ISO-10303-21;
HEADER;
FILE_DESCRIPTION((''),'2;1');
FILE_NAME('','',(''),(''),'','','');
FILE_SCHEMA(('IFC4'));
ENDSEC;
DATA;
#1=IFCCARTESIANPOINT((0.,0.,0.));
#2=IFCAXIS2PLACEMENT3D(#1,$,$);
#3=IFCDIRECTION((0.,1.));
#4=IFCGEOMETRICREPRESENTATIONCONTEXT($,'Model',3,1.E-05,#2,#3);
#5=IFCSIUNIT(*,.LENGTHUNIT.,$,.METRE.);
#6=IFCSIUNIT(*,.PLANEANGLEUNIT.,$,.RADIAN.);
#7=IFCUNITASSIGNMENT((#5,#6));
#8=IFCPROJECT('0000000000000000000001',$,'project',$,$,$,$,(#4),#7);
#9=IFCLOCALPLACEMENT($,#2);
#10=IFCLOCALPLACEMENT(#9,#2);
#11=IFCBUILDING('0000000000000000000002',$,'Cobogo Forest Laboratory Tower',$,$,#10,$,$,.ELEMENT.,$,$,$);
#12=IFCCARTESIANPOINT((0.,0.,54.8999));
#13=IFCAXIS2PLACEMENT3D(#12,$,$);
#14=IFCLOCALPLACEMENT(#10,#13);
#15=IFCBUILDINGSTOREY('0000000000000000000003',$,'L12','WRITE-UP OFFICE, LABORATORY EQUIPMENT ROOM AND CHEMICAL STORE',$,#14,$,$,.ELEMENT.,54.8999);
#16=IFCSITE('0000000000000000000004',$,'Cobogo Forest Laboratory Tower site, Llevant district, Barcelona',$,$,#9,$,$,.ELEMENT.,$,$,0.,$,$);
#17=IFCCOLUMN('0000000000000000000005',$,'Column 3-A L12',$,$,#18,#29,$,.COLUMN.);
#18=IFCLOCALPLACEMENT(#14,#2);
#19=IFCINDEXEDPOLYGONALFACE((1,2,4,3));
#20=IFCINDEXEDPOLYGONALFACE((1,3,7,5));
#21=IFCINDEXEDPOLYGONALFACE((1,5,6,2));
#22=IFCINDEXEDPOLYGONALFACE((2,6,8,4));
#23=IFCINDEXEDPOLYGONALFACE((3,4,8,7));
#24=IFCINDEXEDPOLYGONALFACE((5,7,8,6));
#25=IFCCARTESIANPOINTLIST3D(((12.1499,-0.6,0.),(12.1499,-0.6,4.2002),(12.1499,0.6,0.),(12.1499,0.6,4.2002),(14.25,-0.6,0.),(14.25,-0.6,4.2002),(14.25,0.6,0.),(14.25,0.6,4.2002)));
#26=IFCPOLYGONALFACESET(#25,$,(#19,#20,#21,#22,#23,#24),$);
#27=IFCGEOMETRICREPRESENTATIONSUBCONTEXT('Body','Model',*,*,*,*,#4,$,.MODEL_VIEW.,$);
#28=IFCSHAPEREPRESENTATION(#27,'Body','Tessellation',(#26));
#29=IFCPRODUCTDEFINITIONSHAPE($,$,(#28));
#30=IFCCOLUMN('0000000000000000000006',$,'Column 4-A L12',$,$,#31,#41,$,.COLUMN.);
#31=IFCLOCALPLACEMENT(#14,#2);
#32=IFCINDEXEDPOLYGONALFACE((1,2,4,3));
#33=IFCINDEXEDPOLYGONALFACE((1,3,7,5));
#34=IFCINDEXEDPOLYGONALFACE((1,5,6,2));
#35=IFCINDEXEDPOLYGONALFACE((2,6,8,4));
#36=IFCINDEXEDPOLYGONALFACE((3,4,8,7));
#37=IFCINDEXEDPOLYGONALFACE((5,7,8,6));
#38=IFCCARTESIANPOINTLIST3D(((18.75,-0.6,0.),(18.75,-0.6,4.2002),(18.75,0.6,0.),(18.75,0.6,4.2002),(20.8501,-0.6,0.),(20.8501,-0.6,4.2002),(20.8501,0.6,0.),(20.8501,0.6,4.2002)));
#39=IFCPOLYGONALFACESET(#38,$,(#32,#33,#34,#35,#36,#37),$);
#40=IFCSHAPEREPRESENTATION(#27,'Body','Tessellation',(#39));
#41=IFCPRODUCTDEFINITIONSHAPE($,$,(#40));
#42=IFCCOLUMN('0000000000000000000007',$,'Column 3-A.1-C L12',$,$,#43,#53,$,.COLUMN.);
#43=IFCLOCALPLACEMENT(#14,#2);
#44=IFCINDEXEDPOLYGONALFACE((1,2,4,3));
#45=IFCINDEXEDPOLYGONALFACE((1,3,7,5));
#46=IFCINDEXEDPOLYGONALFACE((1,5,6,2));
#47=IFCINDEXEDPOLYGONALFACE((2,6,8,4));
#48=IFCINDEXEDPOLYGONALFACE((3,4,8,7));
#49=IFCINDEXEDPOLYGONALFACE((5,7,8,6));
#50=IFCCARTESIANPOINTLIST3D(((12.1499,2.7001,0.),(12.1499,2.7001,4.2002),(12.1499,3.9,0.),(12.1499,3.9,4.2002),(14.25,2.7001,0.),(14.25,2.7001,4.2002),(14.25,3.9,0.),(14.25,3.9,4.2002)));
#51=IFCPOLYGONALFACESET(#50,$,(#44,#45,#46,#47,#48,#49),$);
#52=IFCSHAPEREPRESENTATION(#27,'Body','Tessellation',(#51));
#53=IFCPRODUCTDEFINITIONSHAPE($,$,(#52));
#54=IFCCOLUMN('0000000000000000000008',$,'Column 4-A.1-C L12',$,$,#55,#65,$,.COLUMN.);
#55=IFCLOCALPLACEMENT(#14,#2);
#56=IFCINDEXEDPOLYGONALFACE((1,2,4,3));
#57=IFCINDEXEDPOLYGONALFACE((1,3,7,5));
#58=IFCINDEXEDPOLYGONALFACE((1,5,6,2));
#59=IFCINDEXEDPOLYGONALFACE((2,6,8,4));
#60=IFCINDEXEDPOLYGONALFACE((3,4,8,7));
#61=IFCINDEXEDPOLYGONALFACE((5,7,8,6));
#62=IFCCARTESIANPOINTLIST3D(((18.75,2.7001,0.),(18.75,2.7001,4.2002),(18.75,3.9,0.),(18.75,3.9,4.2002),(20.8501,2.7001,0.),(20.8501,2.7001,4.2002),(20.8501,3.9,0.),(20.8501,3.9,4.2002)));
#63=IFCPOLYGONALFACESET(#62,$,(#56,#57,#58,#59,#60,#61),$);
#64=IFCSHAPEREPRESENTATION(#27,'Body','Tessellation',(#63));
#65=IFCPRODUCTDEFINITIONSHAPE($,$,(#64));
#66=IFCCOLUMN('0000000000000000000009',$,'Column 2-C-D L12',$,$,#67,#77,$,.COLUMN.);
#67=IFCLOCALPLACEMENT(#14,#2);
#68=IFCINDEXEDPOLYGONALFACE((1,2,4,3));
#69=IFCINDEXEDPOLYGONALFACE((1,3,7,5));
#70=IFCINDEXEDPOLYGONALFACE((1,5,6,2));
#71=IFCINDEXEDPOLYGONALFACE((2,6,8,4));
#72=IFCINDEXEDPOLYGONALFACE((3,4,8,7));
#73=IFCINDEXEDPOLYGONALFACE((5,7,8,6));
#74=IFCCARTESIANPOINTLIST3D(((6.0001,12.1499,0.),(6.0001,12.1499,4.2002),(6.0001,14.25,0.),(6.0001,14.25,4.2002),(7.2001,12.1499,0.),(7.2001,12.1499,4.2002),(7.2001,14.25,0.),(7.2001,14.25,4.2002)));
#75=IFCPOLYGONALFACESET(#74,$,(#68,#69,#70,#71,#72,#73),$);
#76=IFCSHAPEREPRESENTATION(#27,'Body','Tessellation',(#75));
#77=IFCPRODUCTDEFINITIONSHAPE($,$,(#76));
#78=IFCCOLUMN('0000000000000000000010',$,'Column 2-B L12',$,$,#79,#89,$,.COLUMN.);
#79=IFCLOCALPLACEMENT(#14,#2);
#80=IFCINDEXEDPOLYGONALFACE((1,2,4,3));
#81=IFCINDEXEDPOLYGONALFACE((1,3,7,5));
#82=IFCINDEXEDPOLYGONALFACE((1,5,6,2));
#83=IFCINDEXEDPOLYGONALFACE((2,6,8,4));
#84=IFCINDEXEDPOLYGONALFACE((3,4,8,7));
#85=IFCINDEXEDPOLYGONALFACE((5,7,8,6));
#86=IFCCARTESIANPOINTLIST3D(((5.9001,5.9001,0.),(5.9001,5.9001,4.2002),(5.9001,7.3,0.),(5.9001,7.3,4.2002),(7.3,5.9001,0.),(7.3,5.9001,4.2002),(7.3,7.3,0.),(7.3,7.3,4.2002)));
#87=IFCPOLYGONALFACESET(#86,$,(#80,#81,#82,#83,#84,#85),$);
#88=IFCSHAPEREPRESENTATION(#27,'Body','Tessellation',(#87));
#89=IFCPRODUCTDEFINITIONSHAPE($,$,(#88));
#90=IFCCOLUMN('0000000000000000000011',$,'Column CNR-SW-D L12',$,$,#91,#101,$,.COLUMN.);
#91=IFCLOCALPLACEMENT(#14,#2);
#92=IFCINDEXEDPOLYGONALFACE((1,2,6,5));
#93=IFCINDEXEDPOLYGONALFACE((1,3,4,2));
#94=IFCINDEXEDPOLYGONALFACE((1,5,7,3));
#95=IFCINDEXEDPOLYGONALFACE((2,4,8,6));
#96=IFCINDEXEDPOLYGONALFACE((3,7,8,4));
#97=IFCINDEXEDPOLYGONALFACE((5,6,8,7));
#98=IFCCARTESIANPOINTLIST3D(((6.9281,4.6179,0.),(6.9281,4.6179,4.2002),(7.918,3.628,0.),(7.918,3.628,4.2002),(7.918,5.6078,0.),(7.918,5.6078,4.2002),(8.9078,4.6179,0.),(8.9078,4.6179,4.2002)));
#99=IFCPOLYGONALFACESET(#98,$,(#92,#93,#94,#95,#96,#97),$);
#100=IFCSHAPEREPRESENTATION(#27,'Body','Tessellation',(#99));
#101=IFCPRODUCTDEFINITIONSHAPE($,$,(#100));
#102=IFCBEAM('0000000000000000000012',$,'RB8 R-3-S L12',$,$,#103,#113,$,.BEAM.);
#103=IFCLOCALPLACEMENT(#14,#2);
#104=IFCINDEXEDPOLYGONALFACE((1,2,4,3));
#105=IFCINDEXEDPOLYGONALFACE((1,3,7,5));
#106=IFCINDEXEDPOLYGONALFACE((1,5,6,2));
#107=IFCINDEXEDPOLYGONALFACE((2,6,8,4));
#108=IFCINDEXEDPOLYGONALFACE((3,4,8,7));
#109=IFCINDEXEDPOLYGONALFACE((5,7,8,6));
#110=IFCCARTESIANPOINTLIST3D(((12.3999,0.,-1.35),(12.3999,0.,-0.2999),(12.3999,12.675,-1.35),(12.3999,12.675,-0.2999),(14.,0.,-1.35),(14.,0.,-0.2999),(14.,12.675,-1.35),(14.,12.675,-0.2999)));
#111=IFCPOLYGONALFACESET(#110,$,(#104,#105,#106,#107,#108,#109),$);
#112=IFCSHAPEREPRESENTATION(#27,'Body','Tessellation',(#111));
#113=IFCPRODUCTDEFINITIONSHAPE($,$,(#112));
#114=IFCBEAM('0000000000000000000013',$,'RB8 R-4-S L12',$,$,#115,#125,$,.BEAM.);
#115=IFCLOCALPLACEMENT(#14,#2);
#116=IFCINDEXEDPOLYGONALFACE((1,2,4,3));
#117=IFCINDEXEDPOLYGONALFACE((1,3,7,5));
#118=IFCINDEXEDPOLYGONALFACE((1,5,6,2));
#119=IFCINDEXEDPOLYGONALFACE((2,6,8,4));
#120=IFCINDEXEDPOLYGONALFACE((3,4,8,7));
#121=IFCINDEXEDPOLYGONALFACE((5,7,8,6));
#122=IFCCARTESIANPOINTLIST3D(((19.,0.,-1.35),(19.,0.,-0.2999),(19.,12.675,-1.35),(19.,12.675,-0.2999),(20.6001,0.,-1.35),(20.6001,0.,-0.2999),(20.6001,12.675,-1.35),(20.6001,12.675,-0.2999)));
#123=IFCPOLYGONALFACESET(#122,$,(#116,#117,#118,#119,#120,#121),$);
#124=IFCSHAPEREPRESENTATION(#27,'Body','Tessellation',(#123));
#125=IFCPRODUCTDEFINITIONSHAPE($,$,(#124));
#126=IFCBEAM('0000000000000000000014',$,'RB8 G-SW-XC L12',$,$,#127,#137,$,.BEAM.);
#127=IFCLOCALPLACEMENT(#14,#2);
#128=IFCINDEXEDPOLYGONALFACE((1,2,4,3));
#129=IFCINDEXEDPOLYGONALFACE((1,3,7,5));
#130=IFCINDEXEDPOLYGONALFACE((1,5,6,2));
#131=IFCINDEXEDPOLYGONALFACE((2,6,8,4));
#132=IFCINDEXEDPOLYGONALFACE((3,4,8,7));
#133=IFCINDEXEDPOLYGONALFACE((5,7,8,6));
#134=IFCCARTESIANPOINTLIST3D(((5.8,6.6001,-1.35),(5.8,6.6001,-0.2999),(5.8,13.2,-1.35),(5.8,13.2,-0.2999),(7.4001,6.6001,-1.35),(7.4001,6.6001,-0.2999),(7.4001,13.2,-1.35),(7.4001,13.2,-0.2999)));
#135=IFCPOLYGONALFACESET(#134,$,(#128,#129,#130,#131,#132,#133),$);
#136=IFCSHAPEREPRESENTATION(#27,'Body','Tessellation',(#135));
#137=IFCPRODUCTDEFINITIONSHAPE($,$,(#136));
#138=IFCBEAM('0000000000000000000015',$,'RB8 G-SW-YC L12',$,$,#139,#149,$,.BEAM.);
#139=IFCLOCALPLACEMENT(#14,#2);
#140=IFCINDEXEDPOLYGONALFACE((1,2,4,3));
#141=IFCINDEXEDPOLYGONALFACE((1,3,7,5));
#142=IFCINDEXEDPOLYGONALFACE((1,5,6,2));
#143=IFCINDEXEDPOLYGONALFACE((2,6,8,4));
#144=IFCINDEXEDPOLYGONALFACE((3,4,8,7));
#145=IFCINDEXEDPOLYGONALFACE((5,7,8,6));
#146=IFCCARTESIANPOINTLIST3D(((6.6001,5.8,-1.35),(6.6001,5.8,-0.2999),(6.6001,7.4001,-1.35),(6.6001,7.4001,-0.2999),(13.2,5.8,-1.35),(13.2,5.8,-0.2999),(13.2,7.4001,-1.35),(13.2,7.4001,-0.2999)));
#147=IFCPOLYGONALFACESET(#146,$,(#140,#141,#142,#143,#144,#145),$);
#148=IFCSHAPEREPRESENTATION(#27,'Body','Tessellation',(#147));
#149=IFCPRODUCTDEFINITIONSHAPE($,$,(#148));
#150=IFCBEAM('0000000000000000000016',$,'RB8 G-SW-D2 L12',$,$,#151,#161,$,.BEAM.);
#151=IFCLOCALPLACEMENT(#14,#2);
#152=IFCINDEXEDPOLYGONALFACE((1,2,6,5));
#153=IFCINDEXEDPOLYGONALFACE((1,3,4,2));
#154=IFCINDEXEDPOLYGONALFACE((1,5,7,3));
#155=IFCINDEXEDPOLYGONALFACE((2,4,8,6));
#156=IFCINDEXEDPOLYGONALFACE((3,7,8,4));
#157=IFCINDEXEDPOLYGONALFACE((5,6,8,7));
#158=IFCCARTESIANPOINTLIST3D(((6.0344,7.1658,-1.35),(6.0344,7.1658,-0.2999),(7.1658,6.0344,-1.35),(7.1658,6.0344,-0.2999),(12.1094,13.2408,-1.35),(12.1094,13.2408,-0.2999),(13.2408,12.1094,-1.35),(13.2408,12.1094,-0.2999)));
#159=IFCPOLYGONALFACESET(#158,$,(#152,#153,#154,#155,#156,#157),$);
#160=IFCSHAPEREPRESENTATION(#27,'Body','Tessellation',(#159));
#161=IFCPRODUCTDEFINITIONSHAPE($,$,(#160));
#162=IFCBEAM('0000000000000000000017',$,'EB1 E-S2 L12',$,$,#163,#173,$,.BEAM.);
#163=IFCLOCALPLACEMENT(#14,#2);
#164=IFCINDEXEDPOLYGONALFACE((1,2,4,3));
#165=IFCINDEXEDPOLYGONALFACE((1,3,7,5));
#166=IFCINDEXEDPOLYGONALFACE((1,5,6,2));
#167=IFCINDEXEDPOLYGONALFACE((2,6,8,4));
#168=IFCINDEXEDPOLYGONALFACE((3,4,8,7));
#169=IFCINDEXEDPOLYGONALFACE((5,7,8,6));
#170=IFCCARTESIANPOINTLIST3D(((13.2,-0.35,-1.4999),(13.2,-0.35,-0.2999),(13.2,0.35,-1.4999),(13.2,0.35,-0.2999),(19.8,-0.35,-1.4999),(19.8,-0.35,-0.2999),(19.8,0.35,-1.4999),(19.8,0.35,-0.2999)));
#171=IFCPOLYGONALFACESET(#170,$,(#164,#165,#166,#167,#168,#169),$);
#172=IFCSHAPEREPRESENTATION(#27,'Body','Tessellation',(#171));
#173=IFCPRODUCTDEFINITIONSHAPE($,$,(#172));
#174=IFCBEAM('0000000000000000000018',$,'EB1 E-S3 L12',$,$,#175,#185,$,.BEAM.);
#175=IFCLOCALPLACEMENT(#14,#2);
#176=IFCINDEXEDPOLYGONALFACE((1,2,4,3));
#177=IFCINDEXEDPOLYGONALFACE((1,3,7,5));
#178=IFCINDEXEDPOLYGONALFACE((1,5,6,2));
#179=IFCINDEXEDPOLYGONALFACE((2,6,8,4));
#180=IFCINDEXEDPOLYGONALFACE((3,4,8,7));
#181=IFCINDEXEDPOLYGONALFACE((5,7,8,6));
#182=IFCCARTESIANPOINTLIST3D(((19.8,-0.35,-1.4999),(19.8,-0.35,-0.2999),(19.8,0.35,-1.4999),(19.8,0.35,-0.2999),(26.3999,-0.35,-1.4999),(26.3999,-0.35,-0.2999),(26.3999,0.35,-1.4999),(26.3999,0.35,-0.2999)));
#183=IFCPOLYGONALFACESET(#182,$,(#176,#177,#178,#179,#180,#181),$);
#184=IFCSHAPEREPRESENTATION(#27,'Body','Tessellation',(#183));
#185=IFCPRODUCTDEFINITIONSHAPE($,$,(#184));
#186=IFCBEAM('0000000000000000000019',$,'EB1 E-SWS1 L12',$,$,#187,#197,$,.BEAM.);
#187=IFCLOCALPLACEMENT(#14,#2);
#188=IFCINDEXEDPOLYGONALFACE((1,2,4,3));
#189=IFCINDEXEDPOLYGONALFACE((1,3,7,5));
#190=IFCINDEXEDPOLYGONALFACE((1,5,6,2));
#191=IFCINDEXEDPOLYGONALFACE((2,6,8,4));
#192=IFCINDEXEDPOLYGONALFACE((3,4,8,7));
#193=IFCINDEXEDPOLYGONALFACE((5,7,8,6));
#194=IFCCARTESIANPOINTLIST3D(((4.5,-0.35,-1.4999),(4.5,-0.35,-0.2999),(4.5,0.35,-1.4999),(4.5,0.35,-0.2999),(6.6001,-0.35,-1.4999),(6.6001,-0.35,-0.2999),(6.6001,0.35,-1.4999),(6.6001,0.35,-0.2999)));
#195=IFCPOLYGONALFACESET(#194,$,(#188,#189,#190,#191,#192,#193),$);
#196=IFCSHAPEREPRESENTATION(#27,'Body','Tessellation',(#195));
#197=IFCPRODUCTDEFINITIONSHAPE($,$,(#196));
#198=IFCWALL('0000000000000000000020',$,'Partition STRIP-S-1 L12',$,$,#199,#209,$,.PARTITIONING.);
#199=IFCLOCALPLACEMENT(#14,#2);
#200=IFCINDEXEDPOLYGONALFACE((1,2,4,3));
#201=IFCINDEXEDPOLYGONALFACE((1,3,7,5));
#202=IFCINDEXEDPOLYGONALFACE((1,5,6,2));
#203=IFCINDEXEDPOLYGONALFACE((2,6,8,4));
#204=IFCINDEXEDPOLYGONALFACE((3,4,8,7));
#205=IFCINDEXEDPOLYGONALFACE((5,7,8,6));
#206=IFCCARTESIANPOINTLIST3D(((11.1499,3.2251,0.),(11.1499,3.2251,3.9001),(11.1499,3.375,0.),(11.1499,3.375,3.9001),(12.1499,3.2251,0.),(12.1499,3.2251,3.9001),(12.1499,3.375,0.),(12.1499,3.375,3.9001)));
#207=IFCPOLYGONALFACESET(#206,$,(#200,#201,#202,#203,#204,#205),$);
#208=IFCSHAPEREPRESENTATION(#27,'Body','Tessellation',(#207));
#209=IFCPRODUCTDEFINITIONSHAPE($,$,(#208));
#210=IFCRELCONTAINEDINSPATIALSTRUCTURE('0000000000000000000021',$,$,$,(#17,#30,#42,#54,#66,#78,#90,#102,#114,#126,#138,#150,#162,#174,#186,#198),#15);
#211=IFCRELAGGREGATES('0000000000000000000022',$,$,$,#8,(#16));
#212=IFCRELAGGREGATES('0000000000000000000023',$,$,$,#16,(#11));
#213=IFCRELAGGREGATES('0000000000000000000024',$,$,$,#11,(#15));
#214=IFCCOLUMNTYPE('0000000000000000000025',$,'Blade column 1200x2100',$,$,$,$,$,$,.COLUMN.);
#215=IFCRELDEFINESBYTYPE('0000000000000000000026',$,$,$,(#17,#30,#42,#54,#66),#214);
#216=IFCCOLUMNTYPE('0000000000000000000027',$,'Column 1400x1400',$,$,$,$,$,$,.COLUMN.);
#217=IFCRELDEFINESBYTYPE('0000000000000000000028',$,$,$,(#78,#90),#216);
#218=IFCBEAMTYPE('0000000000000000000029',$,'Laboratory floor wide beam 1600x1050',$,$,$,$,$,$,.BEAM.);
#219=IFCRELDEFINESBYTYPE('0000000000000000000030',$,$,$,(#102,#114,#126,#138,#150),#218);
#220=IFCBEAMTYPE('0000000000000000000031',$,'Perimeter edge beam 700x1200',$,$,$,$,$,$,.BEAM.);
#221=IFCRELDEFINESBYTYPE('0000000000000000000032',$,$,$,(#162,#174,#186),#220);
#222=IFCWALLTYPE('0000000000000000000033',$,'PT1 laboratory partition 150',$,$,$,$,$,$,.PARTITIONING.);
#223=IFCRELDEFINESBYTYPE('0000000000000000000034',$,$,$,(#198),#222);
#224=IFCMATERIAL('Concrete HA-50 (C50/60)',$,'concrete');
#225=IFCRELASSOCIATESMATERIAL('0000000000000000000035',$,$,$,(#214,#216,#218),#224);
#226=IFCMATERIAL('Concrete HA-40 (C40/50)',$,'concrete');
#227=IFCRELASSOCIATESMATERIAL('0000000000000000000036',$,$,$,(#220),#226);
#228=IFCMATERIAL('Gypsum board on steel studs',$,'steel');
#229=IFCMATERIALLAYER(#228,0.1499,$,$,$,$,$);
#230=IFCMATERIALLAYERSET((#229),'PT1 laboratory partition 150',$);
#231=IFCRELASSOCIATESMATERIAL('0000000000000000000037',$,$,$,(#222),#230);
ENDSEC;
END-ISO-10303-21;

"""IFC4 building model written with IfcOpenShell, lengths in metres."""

from ifc_helpers import new_model, si_unit, direction, frame, frame_2d, origin, origin_2d, place, context, subcontext, project, spatial, rectangle, extrude, material, layer, layer_set, material_profile, profile_set, type_object, element, save


model = new_model("IFC4")

# Units and contexts
model_context = context("Model", 3, precision=1e-05, world=origin(), true_north=direction((0.0, 1.0)))
body_context = subcontext(model_context, "Body", "Model", "MODEL_VIEW")
ifc_project = project(units=[si_unit("LENGTHUNIT", "METRE"), si_unit("PLANEANGLEUNIT", "RADIAN")], contexts=[model_context])

# Site, building, storey
site_placement = place(None, origin())
site = spatial("IfcSite", under=ifc_project, at=site_placement, Name="Cobogo Forest Laboratory Tower site, Llevant district, Barcelona", CompositionType="ELEMENT", RefElevation=0.0)
building_placement = place(site_placement, origin())
building = spatial("IfcBuilding", under=site, at=building_placement, Name="Cobogo Forest Laboratory Tower", CompositionType="ELEMENT")
storey_placement = place(building_placement, frame((0.0, 0.0, 54.8999)))
storey = spatial("IfcBuildingStorey", under=building, at=storey_placement, Name="L12", Description="WRITE-UP OFFICE, LABORATORY EQUIPMENT ROOM AND CHEMICAL STORE", CompositionType="ELEMENT", Elevation=54.8999)

# Columns
ifc_material_1 = material(Name="Concrete HA-50 (C50/60)", Category="concrete")
ifc_material_profile_1 = material_profile(ifc_material_1, rectangle(XDim=2.1001, YDim=1.2, at=origin_2d()), Name="RC 1200x2100")
ifc_profile_set_1 = profile_set([ifc_material_profile_1], Name="Concrete HA-50 (C50/60)")
column_type_1 = type_object("IfcColumnType", Name="Blade column 1200x2100", PredefinedType="COLUMN", material=ifc_profile_set_1)
for number, where, z_axis, x_axis, name in (
    (1, (13.2, 0.0, 0.0), (0.0, 0.0, 1.0), (1.0, 0.0, 0.0), "Column 3-A L12"),
    (2, (19.8, 0.0, 0.0), (0.0, 0.0, 1.0), (1.0, 0.0, 0.0), "Column 4-A L12"),
    (3, (13.2, 3.3, 0.0), (0.0, 0.0, 1.0), (1.0, 0.0, 0.0), "Column 3-A.1-C L12"),
    (4, (19.8, 3.3, 0.0), (0.0, 0.0, 1.0), (1.0, 0.0, 0.0), "Column 4-A.1-C L12"),
    (5, (6.6001, 13.2, 0.0), (0.0, 0.0, 1.0), (0.0, 1.0, 0.0), "Column 2-C-D L12"),
):
    element("IfcColumn", number, at=place(storey_placement, frame(where, z_axis=z_axis, x_axis=x_axis)), inside=storey, type_object=column_type_1, Name=name, PredefinedType="COLUMN", context=body_context, shape_type="SweptSolid", body=[
        extrude(rectangle(XDim=2.1001, YDim=1.2, at=origin_2d()), origin(), (0.0, 0.0, 1.0), 4.2002),
    ])
ifc_material_profile_2 = material_profile(ifc_material_1, rectangle(XDim=1.3999, YDim=1.3999, at=origin_2d()), Name="RC 1400x1400")
ifc_profile_set_2 = profile_set([ifc_material_profile_2], Name="Concrete HA-50 (C50/60)")
column_type_2 = type_object("IfcColumnType", Name="Column 1400x1400", PredefinedType="COLUMN", material=ifc_profile_set_2)
for number, where, z_axis, x_axis, name in (
    (6, (6.6001, 6.6001, 0.0), (0.0, 0.0, 1.0), (1.0, 0.0, 0.0), "Column 2-B L12"),
    (7, (7.918, 4.6179, 0.0), (0.0, 0.0, 1.0), (0.707107, 0.707107, 0.0), "Column CNR-SW-D L12"),
):
    element("IfcColumn", number, at=place(storey_placement, frame(where, z_axis=z_axis, x_axis=x_axis)), inside=storey, type_object=column_type_2, Name=name, PredefinedType="COLUMN", context=body_context, shape_type="SweptSolid", body=[
        extrude(rectangle(XDim=1.3999, YDim=1.3999, at=origin_2d()), origin(), (0.0, 0.0, 1.0), 4.2002),
    ])

# Beams
ifc_material_profile_3 = material_profile(ifc_material_1, rectangle(XDim=1.6001, YDim=1.05, at=origin_2d()), Name="RC 1600x1050")
ifc_profile_set_3 = profile_set([ifc_material_profile_3], Name="Concrete HA-50 (C50/60)")
beam_type_1 = type_object("IfcBeamType", Name="Laboratory floor wide beam 1600x1050", PredefinedType="BEAM", material=ifc_profile_set_3)
for number, where, z_axis, x_axis, name in (
    (8, (13.2, 12.675, -0.825), (0.0, -1.0, 0.0), (1.0, 0.0, 0.0), "RB8 R-3-S L12"),
    (9, (19.8, 12.675, -0.825), (0.0, -1.0, 0.0), (1.0, 0.0, 0.0), "RB8 R-4-S L12"),
):
    element("IfcBeam", number, at=place(storey_placement, frame(where, z_axis=z_axis, x_axis=x_axis)), inside=storey, type_object=beam_type_1, Name=name, PredefinedType="BEAM", context=body_context, shape_type="SweptSolid", body=[
        extrude(rectangle(XDim=1.6001, YDim=1.05, at=origin_2d()), origin(), (0.0, 0.0, 1.0), 12.675),
    ])
for number, where, z_axis, x_axis, name in (
    (10, (6.6001, 6.6001, -0.825), (0.0, 1.0, 0.0), (-1.0, 0.0, 0.0), "RB8 G-SW-XC L12"),
    (11, (6.6001, 6.6001, -0.825), (1.0, 0.0, 0.0), (0.0, 1.0, 0.0), "RB8 G-SW-YC L12"),
):
    element("IfcBeam", number, at=place(storey_placement, frame(where, z_axis=z_axis, x_axis=x_axis)), inside=storey, type_object=beam_type_1, Name=name, PredefinedType="BEAM", context=body_context, shape_type="SweptSolid", body=[
        extrude(rectangle(XDim=1.6001, YDim=1.05, at=origin_2d()), origin(), (0.0, 0.0, 1.0), 6.5999),
    ])
beam_1_placement = place(storey_placement, frame((6.6001, 6.6001, -0.825), z_axis=(0.707107, 0.707107, 0.0), x_axis=(-0.707107, 0.707107, 0.0)))
element("IfcBeam", 12, at=beam_1_placement, inside=storey, type_object=beam_type_1, Name="RB8 G-SW-D2 L12", PredefinedType="BEAM", context=body_context, shape_type="SweptSolid", body=[
    extrude(rectangle(XDim=1.6001, YDim=1.05, at=origin_2d()), origin(), (0.0, 0.0, 1.0), 8.5913),
])
ifc_material_2 = material(Name="Concrete HA-40 (C40/50)", Category="concrete")
ifc_material_profile_4 = material_profile(ifc_material_2, rectangle(XDim=0.7, YDim=1.2, at=origin_2d()), Name="RC 700x1200")
ifc_profile_set_4 = profile_set([ifc_material_profile_4], Name="Concrete HA-40 (C40/50)")
beam_type_2 = type_object("IfcBeamType", Name="Perimeter edge beam 700x1200", PredefinedType="BEAM", material=ifc_profile_set_4)
beam_2_placement = place(storey_placement, frame((13.2, 0.0, -0.8999), z_axis=(1.0, 0.0, 0.0), x_axis=(0.0, 1.0, 0.0)))
element("IfcBeam", 13, at=beam_2_placement, inside=storey, type_object=beam_type_2, Name="EB1 E-S2 L12", PredefinedType="BEAM", context=body_context, shape_type="SweptSolid", body=[
    extrude(rectangle(XDim=0.7, YDim=1.2, at=origin_2d()), origin(), (0.0, 0.0, 1.0), 6.6001),
])
beam_3_placement = place(storey_placement, frame((19.8, 0.0, -0.8999), z_axis=(1.0, 0.0, 0.0), x_axis=(0.0, 1.0, 0.0)))
element("IfcBeam", 14, at=beam_3_placement, inside=storey, type_object=beam_type_2, Name="EB1 E-S3 L12", PredefinedType="BEAM", context=body_context, shape_type="SweptSolid", body=[
    extrude(rectangle(XDim=0.7, YDim=1.2, at=origin_2d()), origin(), (0.0, 0.0, 1.0), 6.5999),
])
beam_4_placement = place(storey_placement, frame((6.6001, 0.0, -0.8999), z_axis=(-1.0, 0.0, 0.0), x_axis=(0.0, -1.0, 0.0)))
element("IfcBeam", 15, at=beam_4_placement, inside=storey, type_object=beam_type_2, Name="EB1 E-SWS1 L12", PredefinedType="BEAM", context=body_context, shape_type="SweptSolid", body=[
    extrude(rectangle(XDim=0.7, YDim=1.2, at=origin_2d()), origin(), (0.0, 0.0, 1.0), 2.1001),
])

# Wall
ifc_material_3 = material(Name="Gypsum board on steel studs", Category="steel")
ifc_layer_1 = layer(ifc_material_3, 0.1499)
ifc_layer_set_1 = layer_set([ifc_layer_1], Name="PT1 laboratory partition 150")
wall_type_1 = type_object("IfcWallType", Name="PT1 laboratory partition 150", PredefinedType="PARTITIONING", material=ifc_layer_set_1)
wall_1_placement = place(storey_placement, frame((11.1499, 3.3, 0.0), z_axis=(0.0, 0.0, 1.0), x_axis=(1.0, 0.0, 0.0)))
element("IfcWall", 16, at=wall_1_placement, inside=storey, type_object=wall_type_1, Name="Partition STRIP-S-1 L12", PredefinedType="PARTITIONING", context=body_context, shape_type="SweptSolid", body=[
    extrude(rectangle(XDim=1.0, YDim=0.1499, at=frame_2d((0.5, 0.0))), origin(), (0.0, 0.0, 1.0), 3.9001),
])

save(model, "model.ifc")
